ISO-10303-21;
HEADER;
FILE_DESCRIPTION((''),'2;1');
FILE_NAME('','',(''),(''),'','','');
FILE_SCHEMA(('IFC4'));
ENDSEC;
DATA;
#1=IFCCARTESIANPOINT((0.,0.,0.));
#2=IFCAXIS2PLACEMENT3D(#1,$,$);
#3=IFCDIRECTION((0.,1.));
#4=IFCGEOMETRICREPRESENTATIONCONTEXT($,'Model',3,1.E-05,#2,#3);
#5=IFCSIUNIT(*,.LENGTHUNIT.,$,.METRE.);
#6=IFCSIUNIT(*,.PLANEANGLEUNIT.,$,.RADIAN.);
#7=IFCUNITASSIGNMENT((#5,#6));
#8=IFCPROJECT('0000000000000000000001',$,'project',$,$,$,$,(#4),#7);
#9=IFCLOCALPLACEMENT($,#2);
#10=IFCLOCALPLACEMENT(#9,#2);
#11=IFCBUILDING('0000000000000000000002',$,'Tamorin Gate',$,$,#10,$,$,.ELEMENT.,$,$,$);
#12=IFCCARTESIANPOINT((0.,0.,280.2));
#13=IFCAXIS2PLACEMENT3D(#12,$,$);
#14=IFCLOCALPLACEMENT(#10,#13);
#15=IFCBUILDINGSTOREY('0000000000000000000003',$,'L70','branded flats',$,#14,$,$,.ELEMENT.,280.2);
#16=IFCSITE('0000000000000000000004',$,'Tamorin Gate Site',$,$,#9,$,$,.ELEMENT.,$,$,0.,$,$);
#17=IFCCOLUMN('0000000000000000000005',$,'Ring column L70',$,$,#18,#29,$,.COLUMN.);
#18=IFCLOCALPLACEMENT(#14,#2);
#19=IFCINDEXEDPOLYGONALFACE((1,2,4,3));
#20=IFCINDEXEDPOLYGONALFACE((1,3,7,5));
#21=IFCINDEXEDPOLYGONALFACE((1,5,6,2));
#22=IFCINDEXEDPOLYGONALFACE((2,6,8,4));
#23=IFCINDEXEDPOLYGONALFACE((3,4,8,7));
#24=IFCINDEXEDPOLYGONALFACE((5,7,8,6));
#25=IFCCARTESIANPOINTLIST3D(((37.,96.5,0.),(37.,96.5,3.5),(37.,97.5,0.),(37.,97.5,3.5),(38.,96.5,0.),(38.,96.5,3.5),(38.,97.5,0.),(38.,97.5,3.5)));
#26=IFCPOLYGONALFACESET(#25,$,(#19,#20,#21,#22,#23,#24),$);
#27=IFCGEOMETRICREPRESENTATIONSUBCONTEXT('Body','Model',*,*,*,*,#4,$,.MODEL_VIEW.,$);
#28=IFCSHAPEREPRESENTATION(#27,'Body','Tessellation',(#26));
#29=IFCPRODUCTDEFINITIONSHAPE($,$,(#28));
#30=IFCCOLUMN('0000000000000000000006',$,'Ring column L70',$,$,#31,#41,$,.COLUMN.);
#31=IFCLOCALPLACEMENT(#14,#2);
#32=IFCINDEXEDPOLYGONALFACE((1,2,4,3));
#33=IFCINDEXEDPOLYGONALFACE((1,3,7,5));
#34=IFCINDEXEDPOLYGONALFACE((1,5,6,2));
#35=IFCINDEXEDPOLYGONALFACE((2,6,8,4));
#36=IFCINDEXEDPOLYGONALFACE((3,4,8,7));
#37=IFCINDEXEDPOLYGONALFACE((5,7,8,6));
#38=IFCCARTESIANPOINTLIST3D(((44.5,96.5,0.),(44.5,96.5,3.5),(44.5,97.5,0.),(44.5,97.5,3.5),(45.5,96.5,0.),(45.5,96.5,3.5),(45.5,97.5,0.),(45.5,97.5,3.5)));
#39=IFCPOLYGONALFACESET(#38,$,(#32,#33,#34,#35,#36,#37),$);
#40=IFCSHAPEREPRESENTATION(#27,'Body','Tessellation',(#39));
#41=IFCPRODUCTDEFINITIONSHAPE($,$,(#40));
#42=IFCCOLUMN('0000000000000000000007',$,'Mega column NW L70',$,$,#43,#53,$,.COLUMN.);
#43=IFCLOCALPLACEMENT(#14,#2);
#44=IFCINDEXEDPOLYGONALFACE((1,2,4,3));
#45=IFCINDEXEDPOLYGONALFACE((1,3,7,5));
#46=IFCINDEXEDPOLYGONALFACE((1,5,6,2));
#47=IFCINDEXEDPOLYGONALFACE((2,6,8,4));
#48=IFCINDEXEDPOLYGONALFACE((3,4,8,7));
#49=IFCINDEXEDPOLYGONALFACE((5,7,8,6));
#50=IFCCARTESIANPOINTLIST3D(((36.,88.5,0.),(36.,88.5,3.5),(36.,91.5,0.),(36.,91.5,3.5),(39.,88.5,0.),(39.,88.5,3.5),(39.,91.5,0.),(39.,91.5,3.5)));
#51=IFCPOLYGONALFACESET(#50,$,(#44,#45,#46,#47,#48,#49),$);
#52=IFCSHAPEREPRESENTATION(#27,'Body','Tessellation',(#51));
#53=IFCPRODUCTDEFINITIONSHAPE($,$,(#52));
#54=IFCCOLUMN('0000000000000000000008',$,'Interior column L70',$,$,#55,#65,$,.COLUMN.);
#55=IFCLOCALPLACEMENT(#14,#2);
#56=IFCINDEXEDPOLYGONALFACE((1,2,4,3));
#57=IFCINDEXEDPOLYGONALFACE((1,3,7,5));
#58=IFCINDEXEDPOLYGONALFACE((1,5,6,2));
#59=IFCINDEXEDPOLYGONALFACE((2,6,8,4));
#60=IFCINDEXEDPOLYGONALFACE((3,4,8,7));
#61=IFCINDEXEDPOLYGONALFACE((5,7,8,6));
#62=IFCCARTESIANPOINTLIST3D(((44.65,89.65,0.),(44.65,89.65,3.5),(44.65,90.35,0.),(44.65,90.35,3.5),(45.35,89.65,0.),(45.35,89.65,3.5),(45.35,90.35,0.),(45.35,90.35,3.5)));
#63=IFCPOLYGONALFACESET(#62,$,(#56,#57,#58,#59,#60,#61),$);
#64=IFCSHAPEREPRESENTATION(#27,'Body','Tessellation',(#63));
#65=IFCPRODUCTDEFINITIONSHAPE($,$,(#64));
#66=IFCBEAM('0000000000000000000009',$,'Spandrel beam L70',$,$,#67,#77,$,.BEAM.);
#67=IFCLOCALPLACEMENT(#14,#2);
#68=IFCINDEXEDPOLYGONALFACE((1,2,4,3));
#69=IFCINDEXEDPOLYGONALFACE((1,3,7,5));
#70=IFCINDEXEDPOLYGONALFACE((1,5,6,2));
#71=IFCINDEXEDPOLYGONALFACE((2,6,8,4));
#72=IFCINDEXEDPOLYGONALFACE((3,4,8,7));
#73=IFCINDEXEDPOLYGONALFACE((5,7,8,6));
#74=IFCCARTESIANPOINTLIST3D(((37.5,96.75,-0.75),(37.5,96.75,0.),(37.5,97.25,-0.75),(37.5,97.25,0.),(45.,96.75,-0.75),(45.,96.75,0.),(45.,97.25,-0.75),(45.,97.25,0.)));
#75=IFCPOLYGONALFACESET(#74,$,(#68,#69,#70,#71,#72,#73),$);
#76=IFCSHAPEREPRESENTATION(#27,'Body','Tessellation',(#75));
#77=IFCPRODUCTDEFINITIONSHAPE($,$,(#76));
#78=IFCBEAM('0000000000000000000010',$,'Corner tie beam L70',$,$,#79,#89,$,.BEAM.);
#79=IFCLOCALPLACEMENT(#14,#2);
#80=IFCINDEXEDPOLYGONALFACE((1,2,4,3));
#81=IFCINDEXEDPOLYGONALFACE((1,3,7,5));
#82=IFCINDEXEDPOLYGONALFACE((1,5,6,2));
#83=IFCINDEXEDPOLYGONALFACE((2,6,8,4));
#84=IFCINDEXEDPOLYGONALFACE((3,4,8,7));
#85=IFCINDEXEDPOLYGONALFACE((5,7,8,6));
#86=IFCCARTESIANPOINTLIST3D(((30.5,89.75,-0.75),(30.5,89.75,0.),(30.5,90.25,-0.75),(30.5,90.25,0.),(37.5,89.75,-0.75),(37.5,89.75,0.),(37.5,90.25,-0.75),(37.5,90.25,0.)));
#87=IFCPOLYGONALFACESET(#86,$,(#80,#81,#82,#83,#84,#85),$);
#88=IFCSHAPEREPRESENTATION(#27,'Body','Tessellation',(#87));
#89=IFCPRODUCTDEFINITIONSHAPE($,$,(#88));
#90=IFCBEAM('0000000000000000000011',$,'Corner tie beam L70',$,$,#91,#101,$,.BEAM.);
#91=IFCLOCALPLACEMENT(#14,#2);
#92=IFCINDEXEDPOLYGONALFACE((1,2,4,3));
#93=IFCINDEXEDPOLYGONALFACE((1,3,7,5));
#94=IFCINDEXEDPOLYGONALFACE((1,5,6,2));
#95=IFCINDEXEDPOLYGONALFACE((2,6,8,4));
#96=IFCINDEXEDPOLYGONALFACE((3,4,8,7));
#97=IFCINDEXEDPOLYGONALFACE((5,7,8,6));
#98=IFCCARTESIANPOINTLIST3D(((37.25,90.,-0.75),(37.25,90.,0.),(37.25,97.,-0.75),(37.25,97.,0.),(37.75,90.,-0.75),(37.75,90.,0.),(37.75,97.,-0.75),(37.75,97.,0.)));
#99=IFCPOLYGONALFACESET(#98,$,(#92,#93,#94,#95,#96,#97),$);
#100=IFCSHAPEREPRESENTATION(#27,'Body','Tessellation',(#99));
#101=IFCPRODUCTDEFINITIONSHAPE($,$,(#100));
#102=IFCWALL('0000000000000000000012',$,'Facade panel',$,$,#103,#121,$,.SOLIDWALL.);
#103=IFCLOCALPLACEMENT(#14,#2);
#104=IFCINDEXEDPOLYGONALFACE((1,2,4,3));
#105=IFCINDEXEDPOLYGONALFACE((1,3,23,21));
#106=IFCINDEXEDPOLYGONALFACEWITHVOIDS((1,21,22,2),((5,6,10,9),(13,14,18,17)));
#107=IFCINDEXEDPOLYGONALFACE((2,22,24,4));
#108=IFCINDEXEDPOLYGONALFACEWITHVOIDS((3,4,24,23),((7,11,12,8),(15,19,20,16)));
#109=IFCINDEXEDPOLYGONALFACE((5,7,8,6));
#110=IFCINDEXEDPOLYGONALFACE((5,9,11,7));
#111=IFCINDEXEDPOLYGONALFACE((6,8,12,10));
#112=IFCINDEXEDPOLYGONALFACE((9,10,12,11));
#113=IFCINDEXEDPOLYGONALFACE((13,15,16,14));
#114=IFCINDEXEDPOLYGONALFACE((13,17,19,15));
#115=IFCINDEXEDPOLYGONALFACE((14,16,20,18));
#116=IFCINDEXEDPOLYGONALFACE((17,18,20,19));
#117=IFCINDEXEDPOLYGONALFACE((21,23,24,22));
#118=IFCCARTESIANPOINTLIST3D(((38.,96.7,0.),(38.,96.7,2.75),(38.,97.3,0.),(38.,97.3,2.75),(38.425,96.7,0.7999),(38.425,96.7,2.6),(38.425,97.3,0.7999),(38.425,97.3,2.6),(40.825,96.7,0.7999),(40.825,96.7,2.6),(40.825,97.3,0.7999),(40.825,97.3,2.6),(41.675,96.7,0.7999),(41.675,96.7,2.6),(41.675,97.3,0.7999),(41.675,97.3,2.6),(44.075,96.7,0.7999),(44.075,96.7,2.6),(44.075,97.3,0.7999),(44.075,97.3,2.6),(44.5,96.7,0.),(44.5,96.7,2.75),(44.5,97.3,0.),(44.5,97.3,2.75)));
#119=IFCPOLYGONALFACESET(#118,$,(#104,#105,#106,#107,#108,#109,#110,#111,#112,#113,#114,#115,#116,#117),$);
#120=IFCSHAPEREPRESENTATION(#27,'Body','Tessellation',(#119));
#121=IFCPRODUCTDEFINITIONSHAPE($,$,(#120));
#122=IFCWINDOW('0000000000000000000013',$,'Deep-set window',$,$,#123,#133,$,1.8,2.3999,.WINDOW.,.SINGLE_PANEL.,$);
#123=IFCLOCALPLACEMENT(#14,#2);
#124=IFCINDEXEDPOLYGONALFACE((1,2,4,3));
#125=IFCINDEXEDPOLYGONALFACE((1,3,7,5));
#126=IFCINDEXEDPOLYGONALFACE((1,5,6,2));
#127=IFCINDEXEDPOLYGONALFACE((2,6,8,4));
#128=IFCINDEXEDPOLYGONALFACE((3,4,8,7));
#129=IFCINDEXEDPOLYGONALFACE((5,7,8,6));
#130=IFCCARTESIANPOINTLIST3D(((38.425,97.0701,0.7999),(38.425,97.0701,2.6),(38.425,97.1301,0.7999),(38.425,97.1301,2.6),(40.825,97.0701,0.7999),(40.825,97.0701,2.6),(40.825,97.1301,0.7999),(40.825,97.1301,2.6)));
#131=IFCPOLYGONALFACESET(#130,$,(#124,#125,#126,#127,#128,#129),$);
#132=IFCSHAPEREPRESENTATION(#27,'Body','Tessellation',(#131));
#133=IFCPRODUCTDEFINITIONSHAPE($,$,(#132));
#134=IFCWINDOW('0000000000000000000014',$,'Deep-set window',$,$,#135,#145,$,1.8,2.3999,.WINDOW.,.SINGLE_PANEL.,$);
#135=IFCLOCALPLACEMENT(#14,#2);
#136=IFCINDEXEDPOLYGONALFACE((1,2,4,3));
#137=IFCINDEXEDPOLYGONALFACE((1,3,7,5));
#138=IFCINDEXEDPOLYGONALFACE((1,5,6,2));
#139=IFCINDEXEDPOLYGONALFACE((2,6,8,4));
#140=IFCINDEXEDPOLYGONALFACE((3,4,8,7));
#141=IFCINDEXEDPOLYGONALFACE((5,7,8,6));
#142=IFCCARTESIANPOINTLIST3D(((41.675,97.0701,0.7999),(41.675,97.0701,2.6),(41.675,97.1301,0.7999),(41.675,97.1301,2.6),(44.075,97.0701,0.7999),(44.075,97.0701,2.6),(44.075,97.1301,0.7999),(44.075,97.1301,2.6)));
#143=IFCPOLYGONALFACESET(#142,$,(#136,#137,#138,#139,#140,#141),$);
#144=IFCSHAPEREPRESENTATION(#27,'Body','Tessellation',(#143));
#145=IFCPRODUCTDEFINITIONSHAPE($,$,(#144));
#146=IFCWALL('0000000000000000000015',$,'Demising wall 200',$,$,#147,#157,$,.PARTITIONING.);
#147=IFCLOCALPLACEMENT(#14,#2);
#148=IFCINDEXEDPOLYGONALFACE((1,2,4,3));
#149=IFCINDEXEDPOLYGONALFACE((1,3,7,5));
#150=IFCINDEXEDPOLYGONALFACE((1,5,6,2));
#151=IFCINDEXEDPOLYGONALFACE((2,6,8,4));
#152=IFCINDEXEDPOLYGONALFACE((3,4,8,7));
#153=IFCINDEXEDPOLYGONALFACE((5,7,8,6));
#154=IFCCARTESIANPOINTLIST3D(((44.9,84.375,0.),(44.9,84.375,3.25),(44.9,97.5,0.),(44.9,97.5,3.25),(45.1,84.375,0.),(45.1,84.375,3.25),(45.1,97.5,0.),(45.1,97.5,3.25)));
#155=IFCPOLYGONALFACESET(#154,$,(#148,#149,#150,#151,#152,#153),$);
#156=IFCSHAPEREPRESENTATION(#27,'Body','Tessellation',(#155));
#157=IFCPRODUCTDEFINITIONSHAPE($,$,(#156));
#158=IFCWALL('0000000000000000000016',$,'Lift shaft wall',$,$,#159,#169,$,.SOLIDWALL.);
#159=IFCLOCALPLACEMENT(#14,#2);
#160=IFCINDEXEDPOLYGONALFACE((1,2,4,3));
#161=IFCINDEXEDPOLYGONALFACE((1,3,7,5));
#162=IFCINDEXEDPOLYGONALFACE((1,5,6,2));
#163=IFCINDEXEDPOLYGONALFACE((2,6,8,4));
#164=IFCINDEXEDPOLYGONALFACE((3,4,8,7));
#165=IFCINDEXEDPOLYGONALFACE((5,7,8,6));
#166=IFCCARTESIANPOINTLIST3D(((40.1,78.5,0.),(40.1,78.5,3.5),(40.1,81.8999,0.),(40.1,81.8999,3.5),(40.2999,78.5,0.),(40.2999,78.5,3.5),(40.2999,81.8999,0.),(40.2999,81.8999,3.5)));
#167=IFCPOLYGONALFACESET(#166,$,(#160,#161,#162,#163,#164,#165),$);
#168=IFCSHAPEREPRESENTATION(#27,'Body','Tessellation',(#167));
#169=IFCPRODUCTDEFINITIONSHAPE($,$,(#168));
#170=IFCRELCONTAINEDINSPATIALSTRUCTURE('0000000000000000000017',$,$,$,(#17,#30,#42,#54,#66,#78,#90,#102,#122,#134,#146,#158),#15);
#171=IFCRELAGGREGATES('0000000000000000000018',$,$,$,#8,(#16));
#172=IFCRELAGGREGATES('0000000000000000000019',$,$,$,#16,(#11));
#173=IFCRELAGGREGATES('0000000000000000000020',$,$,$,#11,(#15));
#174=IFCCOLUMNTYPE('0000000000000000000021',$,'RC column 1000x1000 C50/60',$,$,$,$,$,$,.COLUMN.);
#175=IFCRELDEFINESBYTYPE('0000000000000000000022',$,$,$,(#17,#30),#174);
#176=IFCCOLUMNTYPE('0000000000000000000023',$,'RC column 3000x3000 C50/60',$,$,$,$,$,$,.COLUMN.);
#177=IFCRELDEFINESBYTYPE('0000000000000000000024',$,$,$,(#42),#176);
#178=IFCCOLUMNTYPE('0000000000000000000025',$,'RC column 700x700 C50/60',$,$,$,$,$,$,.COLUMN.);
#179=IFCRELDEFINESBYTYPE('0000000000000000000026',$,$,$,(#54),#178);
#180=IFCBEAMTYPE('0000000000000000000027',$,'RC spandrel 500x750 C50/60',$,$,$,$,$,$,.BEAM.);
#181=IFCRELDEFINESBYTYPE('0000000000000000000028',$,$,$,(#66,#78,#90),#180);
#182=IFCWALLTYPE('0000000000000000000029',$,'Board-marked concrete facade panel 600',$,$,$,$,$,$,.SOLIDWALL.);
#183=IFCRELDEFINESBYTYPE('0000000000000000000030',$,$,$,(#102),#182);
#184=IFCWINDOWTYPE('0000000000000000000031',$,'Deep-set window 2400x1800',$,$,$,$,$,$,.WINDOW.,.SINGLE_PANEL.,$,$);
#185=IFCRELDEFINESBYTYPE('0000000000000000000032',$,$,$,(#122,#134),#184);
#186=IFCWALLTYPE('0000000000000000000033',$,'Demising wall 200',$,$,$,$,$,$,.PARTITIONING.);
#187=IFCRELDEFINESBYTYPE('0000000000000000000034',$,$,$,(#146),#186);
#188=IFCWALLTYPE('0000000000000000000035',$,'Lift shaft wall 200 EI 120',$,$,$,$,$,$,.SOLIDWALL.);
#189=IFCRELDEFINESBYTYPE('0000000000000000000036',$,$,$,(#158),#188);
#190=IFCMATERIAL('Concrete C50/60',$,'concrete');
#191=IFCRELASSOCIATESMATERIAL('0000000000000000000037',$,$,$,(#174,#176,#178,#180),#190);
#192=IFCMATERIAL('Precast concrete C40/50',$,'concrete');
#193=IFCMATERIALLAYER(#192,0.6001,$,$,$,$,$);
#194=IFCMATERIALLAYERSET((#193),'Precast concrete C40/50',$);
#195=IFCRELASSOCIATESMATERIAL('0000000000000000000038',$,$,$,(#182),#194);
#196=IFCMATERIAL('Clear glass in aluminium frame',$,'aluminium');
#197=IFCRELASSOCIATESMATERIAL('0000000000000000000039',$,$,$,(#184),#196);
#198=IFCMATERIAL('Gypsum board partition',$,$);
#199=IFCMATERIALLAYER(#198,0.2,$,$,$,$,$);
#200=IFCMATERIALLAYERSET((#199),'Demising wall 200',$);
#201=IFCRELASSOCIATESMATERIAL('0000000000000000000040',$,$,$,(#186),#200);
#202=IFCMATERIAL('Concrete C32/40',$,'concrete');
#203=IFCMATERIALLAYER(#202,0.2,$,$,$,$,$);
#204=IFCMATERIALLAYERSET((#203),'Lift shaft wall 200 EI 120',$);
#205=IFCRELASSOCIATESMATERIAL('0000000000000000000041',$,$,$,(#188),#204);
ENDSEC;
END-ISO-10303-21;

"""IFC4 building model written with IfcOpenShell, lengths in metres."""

from ifc_helpers import new_model, si_unit, direction, frame, frame_2d, origin, origin_2d, place, context, subcontext, project, spatial, rectangle, extrude, material, layer, layer_set, material_profile, profile_set, type_object, element, fill, save


model = new_model("IFC4")

# Units and contexts
model_context = context("Model", 3, precision=1e-05, world=origin(), true_north=direction((0.0, 1.0)))
body_context = subcontext(model_context, "Body", "Model", "MODEL_VIEW")
ifc_project = project(units=[si_unit("LENGTHUNIT", "METRE"), si_unit("PLANEANGLEUNIT", "RADIAN")], contexts=[model_context])

# Site, building, storey
site_placement = place(None, origin())
site = spatial("IfcSite", under=ifc_project, at=site_placement, Name="Tamorin Gate Site", CompositionType="ELEMENT", RefElevation=0.0)
building_placement = place(site_placement, origin())
building = spatial("IfcBuilding", under=site, at=building_placement, Name="Tamorin Gate", CompositionType="ELEMENT")
storey_placement = place(building_placement, frame((0.0, 0.0, 280.2)))
storey = spatial("IfcBuildingStorey", under=building, at=storey_placement, Name="L70", Description="branded flats", CompositionType="ELEMENT", Elevation=280.2)

# Columns
ifc_material_1 = material(Name="Concrete C50/60", Category="concrete")
ifc_material_profile_1 = material_profile(ifc_material_1, rectangle(XDim=1.0, YDim=1.0, at=origin_2d()), Name="RC 1000x1000")
ifc_profile_set_1 = profile_set([ifc_material_profile_1], Name="Concrete C50/60")
column_type_1 = type_object("IfcColumnType", Name="RC column 1000x1000 C50/60", PredefinedType="COLUMN", material=ifc_profile_set_1)
for number, where, z_axis, x_axis, name in (
    (1, (37.5, 97.0, 0.0), (0.0, 0.0, 1.0), (1.0, 0.0, 0.0), "Ring column L70"),
    (2, (45.0, 97.0, 0.0), (0.0, 0.0, 1.0), (1.0, 0.0, 0.0), "Ring column L70"),
):
    element("IfcColumn", number, at=place(storey_placement, frame(where, z_axis=z_axis, x_axis=x_axis)), inside=storey, type_object=column_type_1, Name=name, PredefinedType="COLUMN", context=body_context, shape_type="SweptSolid", body=[
        extrude(rectangle(XDim=1.0, YDim=1.0, at=origin_2d()), origin(), (0.0, 0.0, 1.0), 3.5),
    ])
ifc_material_profile_2 = material_profile(ifc_material_1, rectangle(XDim=3.0, YDim=3.0, at=origin_2d()), Name="RC 3000x3000")
ifc_profile_set_2 = profile_set([ifc_material_profile_2], Name="Concrete C50/60")
column_type_2 = type_object("IfcColumnType", Name="RC column 3000x3000 C50/60", PredefinedType="COLUMN", material=ifc_profile_set_2)
column_1_placement = place(storey_placement, frame((37.5, 90.0, 0.0), z_axis=(0.0, 0.0, 1.0), x_axis=(1.0, 0.0, 0.0)))
element("IfcColumn", 3, at=column_1_placement, inside=storey, type_object=column_type_2, Name="Mega column NW L70", PredefinedType="COLUMN", context=body_context, shape_type="SweptSolid", body=[
    extrude(rectangle(XDim=3.0, YDim=3.0, at=origin_2d()), origin(), (0.0, 0.0, 1.0), 3.5),
])
ifc_material_profile_3 = material_profile(ifc_material_1, rectangle(XDim=0.7, YDim=0.7, at=origin_2d()), Name="RC 700x700")
ifc_profile_set_3 = profile_set([ifc_material_profile_3], Name="Concrete C50/60")
column_type_3 = type_object("IfcColumnType", Name="RC column 700x700 C50/60", PredefinedType="COLUMN", material=ifc_profile_set_3)
column_2_placement = place(storey_placement, frame((45.0, 90.0, 0.0), z_axis=(0.0, 0.0, 1.0), x_axis=(1.0, 0.0, 0.0)))
element("IfcColumn", 4, at=column_2_placement, inside=storey, type_object=column_type_3, Name="Interior column L70", PredefinedType="COLUMN", context=body_context, shape_type="SweptSolid", body=[
    extrude(rectangle(XDim=0.7, YDim=0.7, at=origin_2d()), origin(), (0.0, 0.0, 1.0), 3.5),
])

# Beams
ifc_material_profile_4 = material_profile(ifc_material_1, rectangle(XDim=0.5, YDim=0.75, at=origin_2d()), Name="RC 500x750")
ifc_profile_set_4 = profile_set([ifc_material_profile_4], Name="Concrete C50/60")
beam_type = type_object("IfcBeamType", Name="RC spandrel 500x750 C50/60", PredefinedType="BEAM", material=ifc_profile_set_4)
beam_placement = place(storey_placement, frame((45.0, 97.0, -0.375), z_axis=(-1.0, 0.0, 0.0), x_axis=(0.0, -1.0, 0.0)))
element("IfcBeam", 5, at=beam_placement, inside=storey, type_object=beam_type, Name="Spandrel beam L70", PredefinedType="BEAM", context=body_context, shape_type="SweptSolid", body=[
    extrude(rectangle(XDim=0.5, YDim=0.75, at=origin_2d()), origin(), (0.0, 0.0, 1.0), 7.5),
])
for number, where, z_axis, x_axis, name in (
    (6, (37.5, 90.0, -0.375), (-1.0, 0.0, 0.0), (0.0, -1.0, 0.0), "Corner tie beam L70"),
    (7, (37.5, 90.0, -0.375), (0.0, 1.0, 0.0), (-1.0, 0.0, 0.0), "Corner tie beam L70"),
):
    element("IfcBeam", number, at=place(storey_placement, frame(where, z_axis=z_axis, x_axis=x_axis)), inside=storey, type_object=beam_type, Name=name, PredefinedType="BEAM", context=body_context, shape_type="SweptSolid", body=[
        extrude(rectangle(XDim=0.5, YDim=0.75, at=origin_2d()), origin(), (0.0, 0.0, 1.0), 7.0),
    ])

# Wall, openings, windows
ifc_material_2 = material(Name="Precast concrete C40/50", Category="concrete")
ifc_layer_1 = layer(ifc_material_2, 0.6001)
ifc_layer_set_1 = layer_set([ifc_layer_1], Name="Precast concrete C40/50")
wall_type_1 = type_object("IfcWallType", Name="Board-marked concrete facade panel 600", PredefinedType="SOLIDWALL", material=ifc_layer_set_1)
wall_1_placement = place(storey_placement, frame((44.5, 97.0, 0.0), z_axis=(0.0, 0.0, 1.0), x_axis=(-1.0, 0.0, 0.0)))
wall_1 = element("IfcWall", 8, at=wall_1_placement, inside=storey, type_object=wall_type_1, Name="Facade panel", PredefinedType="SOLIDWALL", context=body_context, shape_type="SweptSolid", body=[
    extrude(rectangle(XDim=6.5, YDim=0.6001, at=frame_2d((3.25, 0.0))), origin(), (0.0, 0.0, 1.0), 2.75),
])
opening_1_placement = place(wall_1_placement, frame((3.675, 0.0, 0.8)))
opening_1 = element("IfcOpeningElement", 9, at=opening_1_placement, cuts=wall_1, PredefinedType="OPENING", context=body_context, shape_type="SweptSolid", body=[
    extrude(rectangle(XDim=2.3999, YDim=1.8, at=frame_2d((1.2, 0.8999))), frame((0.0, 0.3101, 0.0), z_axis=(0.0, -1.0, 0.0), x_axis=(1.0, 0.0, 0.0)), (0.0, 0.0, 1.0), 0.6201),
])
opening_2_placement = place(wall_1_placement, frame((0.425, 0.0, 0.8)))
opening_2 = element("IfcOpeningElement", 10, at=opening_2_placement, cuts=wall_1, PredefinedType="OPENING", context=body_context, shape_type="SweptSolid", body=[
    extrude(rectangle(XDim=2.3999, YDim=1.8, at=frame_2d((1.2, 0.8999))), frame((0.0, 0.3101, 0.0), z_axis=(0.0, -1.0, 0.0), x_axis=(1.0, 0.0, 0.0)), (0.0, 0.0, 1.0), 0.6201),
])
ifc_material_3 = material(Name="Clear glass in aluminium frame", Category="aluminium")
window_type = type_object("IfcWindowType", Name="Deep-set window 2400x1800", PartitioningType="SINGLE_PANEL", PredefinedType="WINDOW", material=ifc_material_3)
window_1_placement = place(opening_1_placement, origin())
window_1 = element("IfcWindow", 11, at=window_1_placement, inside=storey, type_object=window_type, Name="Deep-set window", OverallHeight=1.8, OverallWidth=2.3999, PartitioningType="SINGLE_PANEL", PredefinedType="WINDOW", context=body_context, shape_type="SweptSolid", body=[
    extrude(rectangle(XDim=2.3999, YDim=1.8, at=frame_2d((1.2, 0.8999))), frame((0.0, -0.0701, 0.0), z_axis=(0.0, -1.0, 0.0), x_axis=(1.0, 0.0, 0.0)), (0.0, 0.0, 1.0), 0.0601),
])
fill(opening_1, window_1)
window_2_placement = place(opening_2_placement, origin())
window_2 = element("IfcWindow", 12, at=window_2_placement, inside=storey, type_object=window_type, Name="Deep-set window", OverallHeight=1.8, OverallWidth=2.3999, PartitioningType="SINGLE_PANEL", PredefinedType="WINDOW", context=body_context, shape_type="SweptSolid", body=[
    extrude(rectangle(XDim=2.3999, YDim=1.8, at=frame_2d((1.2, 0.8999))), frame((0.0, -0.0701, 0.0), z_axis=(0.0, -1.0, 0.0), x_axis=(1.0, 0.0, 0.0)), (0.0, 0.0, 1.0), 0.0601),
])
fill(opening_2, window_2)

# Walls
ifc_material_4 = material(Name="Gypsum board partition")
ifc_layer_2 = layer(ifc_material_4, 0.2)
ifc_layer_set_2 = layer_set([ifc_layer_2], Name="Demising wall 200")
wall_type_2 = type_object("IfcWallType", Name="Demising wall 200", PredefinedType="PARTITIONING", material=ifc_layer_set_2)
wall_2_placement = place(storey_placement, frame((45.0, 84.375, 0.0), z_axis=(0.0, 0.0, 1.0), x_axis=(0.0, 1.0, 0.0)))
element("IfcWall", 13, at=wall_2_placement, inside=storey, type_object=wall_type_2, Name="Demising wall 200", PredefinedType="PARTITIONING", context=body_context, shape_type="SweptSolid", body=[
    extrude(rectangle(XDim=13.125, YDim=0.2, at=frame_2d((6.5625, 0.0))), origin(), (0.0, 0.0, 1.0), 3.25),
])
ifc_material_5 = material(Name="Concrete C32/40", Category="concrete")
ifc_layer_3 = layer(ifc_material_5, 0.2)
ifc_layer_set_3 = layer_set([ifc_layer_3], Name="Lift shaft wall 200 EI 120")
wall_type_3 = type_object("IfcWallType", Name="Lift shaft wall 200 EI 120", PredefinedType="SOLIDWALL", material=ifc_layer_set_3)
wall_3_placement = place(storey_placement, frame((40.2, 78.5, 0.0), z_axis=(0.0, 0.0, 1.0), x_axis=(0.0, 1.0, 0.0)))
element("IfcWall", 14, at=wall_3_placement, inside=storey, type_object=wall_type_3, Name="Lift shaft wall", PredefinedType="SOLIDWALL", context=body_context, shape_type="SweptSolid", body=[
    extrude(rectangle(XDim=3.3999, YDim=0.2, at=frame_2d((1.7, 0.0))), origin(), (0.0, 0.0, 1.0), 3.5),
])

save(model, "model.ifc")
